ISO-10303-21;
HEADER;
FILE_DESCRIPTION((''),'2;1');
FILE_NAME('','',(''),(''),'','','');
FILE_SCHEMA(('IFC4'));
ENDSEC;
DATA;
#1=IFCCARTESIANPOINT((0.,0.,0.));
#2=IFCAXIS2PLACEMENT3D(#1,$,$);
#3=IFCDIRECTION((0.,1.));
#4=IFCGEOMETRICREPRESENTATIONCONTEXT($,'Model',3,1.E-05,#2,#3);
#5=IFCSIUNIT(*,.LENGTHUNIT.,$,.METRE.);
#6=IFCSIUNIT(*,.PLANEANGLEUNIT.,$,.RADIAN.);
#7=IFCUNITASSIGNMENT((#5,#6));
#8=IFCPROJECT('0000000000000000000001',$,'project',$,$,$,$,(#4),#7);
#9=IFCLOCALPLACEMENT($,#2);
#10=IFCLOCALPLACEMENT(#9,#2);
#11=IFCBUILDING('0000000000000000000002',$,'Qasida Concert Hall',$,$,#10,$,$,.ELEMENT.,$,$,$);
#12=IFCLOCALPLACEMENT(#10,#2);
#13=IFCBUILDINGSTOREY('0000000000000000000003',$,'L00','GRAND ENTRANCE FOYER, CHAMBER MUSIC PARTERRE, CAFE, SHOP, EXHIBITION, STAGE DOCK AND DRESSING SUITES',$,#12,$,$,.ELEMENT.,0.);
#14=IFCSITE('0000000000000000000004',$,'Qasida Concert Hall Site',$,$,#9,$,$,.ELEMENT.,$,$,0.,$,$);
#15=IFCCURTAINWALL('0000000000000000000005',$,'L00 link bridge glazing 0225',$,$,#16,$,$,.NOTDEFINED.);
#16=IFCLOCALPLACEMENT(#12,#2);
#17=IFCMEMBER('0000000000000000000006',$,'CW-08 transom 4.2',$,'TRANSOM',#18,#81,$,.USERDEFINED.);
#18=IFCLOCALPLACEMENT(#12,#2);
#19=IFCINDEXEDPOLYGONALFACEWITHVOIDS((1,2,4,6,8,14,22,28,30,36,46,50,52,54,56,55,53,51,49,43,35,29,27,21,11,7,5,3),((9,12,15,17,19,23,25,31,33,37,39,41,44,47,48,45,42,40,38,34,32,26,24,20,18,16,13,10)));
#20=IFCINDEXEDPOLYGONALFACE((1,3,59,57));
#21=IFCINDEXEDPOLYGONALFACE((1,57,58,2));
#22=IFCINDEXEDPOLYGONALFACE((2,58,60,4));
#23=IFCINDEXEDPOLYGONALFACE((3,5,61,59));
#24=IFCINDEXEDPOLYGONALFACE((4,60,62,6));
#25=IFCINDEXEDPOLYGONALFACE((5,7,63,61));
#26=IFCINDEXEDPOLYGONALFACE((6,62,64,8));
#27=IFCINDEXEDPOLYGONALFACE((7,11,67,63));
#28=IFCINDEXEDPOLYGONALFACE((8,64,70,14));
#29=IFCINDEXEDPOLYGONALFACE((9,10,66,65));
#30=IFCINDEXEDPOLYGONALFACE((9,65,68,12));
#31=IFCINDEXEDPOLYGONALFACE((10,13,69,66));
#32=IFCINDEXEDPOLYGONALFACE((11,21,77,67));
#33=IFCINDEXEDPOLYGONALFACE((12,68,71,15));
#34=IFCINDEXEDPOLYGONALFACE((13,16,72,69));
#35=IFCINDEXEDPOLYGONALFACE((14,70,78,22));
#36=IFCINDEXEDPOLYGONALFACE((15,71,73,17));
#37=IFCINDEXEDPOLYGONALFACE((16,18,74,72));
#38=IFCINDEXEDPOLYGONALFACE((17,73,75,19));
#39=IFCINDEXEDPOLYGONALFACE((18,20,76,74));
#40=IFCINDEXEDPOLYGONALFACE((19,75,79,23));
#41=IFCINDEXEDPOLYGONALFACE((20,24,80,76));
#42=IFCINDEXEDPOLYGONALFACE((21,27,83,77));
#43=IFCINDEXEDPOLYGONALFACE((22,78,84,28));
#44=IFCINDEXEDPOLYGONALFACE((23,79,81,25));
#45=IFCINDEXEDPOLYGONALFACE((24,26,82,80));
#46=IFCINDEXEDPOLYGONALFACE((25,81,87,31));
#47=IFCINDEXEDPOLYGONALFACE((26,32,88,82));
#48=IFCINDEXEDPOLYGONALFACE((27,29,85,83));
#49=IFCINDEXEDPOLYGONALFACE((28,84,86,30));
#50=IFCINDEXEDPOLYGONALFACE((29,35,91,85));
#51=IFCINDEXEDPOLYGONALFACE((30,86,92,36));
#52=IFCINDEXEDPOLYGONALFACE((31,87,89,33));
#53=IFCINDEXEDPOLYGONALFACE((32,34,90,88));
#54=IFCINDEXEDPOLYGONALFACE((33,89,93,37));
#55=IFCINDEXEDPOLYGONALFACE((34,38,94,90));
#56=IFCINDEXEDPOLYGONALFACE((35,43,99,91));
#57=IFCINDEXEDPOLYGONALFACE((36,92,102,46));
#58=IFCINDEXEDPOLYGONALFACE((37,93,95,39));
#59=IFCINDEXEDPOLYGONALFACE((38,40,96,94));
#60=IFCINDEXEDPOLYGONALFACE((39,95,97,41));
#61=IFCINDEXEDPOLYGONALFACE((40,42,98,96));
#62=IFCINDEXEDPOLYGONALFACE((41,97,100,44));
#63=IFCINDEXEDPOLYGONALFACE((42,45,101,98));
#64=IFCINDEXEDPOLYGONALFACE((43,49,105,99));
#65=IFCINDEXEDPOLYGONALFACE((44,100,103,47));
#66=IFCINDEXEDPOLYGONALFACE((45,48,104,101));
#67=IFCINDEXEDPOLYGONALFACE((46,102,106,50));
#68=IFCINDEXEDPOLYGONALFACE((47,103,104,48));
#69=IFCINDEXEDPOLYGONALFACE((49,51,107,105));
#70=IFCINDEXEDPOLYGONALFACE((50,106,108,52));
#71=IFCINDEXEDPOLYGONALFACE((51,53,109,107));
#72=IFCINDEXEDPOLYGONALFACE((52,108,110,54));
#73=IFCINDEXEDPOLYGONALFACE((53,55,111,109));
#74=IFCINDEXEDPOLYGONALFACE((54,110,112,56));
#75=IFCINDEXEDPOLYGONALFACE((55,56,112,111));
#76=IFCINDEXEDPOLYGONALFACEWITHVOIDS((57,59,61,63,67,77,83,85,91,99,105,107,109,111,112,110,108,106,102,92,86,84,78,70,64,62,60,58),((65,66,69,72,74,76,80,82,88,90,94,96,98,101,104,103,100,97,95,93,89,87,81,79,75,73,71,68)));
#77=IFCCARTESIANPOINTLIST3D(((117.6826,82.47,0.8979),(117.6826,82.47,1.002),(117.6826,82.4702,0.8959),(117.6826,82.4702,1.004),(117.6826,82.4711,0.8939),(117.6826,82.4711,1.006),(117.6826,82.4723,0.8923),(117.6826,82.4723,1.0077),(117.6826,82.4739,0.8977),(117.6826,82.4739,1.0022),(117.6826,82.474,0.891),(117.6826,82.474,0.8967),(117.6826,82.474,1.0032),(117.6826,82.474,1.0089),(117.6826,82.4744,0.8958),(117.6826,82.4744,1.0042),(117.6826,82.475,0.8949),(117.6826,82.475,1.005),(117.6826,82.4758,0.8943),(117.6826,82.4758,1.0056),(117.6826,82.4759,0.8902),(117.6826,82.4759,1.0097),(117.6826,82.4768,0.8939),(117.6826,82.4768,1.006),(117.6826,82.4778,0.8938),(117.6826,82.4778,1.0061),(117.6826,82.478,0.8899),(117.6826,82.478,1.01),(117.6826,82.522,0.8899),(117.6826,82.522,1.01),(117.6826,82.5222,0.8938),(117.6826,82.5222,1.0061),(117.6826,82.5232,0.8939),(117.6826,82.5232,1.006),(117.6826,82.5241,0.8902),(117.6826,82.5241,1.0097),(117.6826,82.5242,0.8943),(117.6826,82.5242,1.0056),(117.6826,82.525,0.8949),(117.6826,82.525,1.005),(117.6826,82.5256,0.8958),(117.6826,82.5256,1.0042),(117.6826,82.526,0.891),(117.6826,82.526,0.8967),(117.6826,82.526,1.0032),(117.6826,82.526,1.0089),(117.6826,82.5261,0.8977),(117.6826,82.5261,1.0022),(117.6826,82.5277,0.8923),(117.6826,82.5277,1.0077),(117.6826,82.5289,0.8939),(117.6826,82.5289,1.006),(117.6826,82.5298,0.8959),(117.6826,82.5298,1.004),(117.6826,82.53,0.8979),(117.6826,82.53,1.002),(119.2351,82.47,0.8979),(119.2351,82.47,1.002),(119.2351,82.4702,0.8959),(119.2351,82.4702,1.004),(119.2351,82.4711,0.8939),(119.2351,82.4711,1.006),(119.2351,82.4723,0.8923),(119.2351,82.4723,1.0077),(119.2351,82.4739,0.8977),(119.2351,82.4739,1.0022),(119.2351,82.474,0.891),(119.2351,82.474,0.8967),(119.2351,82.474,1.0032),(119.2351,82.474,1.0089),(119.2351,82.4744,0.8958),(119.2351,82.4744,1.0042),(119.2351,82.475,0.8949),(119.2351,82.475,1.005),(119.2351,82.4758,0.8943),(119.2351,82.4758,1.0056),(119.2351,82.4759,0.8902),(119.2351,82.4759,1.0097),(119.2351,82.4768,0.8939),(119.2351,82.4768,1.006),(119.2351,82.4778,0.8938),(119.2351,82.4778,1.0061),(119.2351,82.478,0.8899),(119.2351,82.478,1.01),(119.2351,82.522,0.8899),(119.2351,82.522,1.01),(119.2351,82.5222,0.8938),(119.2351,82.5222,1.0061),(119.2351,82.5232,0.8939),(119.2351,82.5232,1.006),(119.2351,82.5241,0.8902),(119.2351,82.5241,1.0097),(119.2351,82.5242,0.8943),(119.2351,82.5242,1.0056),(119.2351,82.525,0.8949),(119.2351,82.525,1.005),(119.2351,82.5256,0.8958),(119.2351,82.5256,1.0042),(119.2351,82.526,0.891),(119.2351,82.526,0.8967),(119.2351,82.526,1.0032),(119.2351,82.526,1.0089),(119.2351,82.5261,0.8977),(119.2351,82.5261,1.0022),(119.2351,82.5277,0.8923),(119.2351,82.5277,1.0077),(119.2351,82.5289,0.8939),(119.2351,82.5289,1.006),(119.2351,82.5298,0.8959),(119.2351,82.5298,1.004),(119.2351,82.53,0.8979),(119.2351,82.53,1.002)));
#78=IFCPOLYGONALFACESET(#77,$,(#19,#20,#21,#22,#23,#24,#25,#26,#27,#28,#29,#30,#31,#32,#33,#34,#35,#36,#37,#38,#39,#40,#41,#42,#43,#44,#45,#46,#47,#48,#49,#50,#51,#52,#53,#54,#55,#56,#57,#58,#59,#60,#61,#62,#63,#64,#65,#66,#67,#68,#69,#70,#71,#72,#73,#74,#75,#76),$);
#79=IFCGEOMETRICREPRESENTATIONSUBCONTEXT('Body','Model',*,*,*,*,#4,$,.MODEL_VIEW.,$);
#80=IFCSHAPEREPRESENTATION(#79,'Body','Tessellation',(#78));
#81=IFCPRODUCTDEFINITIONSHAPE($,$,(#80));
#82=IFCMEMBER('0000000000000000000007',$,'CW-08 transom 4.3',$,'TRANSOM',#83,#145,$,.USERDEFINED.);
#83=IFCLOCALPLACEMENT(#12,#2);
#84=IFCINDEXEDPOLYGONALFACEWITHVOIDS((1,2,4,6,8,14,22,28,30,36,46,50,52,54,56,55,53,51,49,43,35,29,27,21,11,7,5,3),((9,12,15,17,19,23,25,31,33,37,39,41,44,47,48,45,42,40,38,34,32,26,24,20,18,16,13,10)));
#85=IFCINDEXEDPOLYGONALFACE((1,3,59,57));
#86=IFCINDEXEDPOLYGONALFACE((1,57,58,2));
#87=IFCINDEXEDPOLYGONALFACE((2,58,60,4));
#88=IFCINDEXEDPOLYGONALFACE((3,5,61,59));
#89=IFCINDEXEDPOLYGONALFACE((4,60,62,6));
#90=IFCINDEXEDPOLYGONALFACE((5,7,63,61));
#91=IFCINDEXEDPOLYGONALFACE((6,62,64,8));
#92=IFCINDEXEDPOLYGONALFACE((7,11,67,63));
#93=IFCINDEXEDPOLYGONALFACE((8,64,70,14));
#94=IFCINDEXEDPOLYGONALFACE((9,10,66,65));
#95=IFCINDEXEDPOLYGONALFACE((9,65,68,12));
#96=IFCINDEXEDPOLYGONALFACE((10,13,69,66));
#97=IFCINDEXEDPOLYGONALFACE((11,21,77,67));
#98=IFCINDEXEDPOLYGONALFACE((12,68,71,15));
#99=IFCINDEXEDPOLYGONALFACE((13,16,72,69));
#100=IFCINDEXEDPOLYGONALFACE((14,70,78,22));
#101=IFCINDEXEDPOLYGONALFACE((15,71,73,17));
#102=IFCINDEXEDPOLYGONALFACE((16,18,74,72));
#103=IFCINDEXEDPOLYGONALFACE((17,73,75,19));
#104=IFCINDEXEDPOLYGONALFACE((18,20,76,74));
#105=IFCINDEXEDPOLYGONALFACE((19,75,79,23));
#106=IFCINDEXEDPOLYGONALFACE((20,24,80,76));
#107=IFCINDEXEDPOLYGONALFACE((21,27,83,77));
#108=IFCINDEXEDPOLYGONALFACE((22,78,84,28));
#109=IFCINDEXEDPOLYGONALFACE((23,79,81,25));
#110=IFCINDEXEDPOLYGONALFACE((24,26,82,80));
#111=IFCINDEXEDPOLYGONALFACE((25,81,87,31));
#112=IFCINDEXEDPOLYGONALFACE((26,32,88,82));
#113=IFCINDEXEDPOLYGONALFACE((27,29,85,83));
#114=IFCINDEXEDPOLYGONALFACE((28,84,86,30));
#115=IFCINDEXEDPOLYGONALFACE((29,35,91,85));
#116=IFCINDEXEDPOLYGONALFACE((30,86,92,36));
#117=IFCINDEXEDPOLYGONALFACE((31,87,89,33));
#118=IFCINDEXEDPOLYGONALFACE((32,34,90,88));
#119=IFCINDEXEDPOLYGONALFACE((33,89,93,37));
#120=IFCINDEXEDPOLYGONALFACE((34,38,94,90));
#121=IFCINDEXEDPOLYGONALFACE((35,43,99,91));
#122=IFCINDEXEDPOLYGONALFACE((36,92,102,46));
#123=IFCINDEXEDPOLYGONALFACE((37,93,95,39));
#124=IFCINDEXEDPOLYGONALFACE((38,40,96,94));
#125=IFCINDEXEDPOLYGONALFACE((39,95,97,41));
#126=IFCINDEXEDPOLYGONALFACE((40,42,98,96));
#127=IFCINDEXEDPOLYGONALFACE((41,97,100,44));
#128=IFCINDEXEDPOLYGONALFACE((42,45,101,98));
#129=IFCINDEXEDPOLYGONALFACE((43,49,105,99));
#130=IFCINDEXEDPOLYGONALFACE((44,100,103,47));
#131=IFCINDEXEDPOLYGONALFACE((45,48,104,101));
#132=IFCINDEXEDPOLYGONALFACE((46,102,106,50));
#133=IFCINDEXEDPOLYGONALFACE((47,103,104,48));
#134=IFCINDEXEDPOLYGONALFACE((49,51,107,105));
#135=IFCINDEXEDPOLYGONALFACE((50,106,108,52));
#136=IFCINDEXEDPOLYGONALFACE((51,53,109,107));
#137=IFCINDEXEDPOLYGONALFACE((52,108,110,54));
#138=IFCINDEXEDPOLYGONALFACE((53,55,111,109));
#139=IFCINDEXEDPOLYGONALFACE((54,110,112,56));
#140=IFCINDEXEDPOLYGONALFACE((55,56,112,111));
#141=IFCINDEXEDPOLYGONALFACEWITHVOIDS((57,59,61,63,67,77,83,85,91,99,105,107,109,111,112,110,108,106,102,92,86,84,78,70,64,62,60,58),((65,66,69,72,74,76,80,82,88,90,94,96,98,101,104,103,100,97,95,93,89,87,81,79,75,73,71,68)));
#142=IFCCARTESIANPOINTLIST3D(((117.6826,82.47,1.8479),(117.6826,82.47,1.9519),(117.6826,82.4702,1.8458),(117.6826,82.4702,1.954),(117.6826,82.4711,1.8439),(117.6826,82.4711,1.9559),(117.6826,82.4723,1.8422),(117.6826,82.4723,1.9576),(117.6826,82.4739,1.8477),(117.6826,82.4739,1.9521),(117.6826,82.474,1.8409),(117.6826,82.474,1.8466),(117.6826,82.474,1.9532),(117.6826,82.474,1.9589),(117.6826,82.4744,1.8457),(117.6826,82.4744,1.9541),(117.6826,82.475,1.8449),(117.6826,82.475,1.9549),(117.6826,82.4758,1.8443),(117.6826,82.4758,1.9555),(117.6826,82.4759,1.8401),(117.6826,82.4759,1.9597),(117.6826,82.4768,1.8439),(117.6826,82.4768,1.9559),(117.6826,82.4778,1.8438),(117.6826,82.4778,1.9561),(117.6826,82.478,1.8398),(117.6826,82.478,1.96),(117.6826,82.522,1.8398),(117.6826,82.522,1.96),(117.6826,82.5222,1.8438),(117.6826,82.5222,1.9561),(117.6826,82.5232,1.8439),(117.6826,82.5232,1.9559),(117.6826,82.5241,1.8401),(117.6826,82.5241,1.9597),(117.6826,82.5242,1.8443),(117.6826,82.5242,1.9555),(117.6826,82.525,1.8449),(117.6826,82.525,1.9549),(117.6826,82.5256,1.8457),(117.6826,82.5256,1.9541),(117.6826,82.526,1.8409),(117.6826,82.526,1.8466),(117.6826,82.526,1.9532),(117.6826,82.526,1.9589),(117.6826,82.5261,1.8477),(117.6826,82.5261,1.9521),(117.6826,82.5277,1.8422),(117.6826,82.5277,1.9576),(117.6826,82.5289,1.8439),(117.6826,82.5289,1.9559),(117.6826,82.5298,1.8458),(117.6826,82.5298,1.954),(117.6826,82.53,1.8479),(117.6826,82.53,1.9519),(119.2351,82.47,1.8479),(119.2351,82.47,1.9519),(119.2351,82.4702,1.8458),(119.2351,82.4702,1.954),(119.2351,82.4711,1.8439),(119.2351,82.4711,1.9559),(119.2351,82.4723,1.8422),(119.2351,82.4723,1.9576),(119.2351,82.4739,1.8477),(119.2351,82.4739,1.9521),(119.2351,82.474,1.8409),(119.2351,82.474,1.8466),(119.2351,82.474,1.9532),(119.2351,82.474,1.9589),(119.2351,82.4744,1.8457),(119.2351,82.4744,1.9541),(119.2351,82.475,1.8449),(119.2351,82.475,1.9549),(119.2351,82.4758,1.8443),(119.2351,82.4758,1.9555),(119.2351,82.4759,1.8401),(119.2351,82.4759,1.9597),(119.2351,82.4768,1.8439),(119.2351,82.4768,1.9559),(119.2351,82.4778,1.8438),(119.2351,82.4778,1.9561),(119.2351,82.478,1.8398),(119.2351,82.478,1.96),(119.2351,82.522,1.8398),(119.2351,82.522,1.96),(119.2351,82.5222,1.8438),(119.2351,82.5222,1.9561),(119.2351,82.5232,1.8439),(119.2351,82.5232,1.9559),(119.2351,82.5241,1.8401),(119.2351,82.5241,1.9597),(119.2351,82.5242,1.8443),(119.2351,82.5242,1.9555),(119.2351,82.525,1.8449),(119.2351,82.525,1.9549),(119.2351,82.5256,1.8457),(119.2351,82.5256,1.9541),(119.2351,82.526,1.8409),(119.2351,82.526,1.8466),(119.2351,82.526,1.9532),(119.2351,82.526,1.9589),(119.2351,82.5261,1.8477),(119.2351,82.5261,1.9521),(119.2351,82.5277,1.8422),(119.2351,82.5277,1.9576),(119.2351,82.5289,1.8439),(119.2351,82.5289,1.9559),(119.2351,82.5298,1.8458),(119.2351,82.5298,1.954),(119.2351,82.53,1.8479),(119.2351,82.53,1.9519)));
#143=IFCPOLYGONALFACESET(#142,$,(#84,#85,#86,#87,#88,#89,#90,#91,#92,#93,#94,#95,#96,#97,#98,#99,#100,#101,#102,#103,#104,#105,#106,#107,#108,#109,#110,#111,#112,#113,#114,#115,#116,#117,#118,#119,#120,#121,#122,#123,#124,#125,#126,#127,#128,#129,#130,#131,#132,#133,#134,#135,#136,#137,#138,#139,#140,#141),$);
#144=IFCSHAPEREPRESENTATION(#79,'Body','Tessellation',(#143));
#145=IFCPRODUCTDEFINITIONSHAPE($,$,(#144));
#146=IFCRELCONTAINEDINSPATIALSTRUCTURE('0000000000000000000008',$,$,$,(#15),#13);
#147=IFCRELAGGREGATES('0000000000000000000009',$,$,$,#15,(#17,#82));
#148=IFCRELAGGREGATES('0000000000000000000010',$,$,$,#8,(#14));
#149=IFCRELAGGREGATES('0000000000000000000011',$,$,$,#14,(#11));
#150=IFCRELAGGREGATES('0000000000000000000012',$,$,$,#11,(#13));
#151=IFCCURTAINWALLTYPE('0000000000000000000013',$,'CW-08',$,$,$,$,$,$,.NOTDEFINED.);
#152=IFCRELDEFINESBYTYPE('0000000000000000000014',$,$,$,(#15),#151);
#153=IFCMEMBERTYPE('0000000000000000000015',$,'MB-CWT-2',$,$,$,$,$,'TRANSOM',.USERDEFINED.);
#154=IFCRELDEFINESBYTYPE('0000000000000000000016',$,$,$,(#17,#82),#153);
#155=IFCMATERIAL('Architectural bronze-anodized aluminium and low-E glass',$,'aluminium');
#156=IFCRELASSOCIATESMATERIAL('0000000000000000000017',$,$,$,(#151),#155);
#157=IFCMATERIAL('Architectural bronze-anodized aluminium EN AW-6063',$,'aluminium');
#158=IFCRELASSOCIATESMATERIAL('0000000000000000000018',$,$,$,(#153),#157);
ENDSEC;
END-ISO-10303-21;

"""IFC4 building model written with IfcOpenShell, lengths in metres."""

from ifc_helpers import new_model, si_unit, direction, frame, origin, origin_2d, place, context, subcontext, project, spatial, hollow_rectangle, extrude, material, material_profile, profile_set, type_object, element, aggregate, save


model = new_model("IFC4")

# Units and contexts
model_context = context("Model", 3, precision=1e-05, world=origin(), true_north=direction((0.0, 1.0)))
body_context = subcontext(model_context, "Body", "Model", "MODEL_VIEW")
ifc_project = project(units=[si_unit("LENGTHUNIT", "METRE"), si_unit("PLANEANGLEUNIT", "RADIAN")], contexts=[model_context])

# Site, building, storey
site_placement = place(None, origin())
site = spatial("IfcSite", under=ifc_project, at=site_placement, Name="Qasida Concert Hall Site", CompositionType="ELEMENT", RefElevation=0.0)
building_placement = place(site_placement, origin())
building = spatial("IfcBuilding", under=site, at=building_placement, Name="Qasida Concert Hall", CompositionType="ELEMENT")
storey_placement = place(building_placement, origin())
storey = spatial("IfcBuildingStorey", under=building, at=storey_placement, Name="L00", Description="GRAND ENTRANCE FOYER, CHAMBER MUSIC PARTERRE, CAFE, SHOP, EXHIBITION, STAGE DOCK AND DRESSING SUITES", CompositionType="ELEMENT", Elevation=0.0)

# Curtain wall, members
ifc_material_1 = material(Name="Architectural bronze-anodized aluminium and low-E glass", Category="aluminium")
curtain_wall_type = type_object("IfcCurtainWallType", Name="CW-08", PredefinedType="NOTDEFINED", material=ifc_material_1)
curtain_wall_placement = place(storey_placement, origin())
curtain_wall = element("IfcCurtainWall", 1, at=curtain_wall_placement, inside=storey, type_object=curtain_wall_type, Name="L00 link bridge glazing 0225", PredefinedType="NOTDEFINED")
ifc_material_2 = material(Name="Architectural bronze-anodized aluminium EN AW-6063", Category="aluminium")
ifc_material_profile_1 = material_profile(ifc_material_2, hollow_rectangle(XDim=0.0601, YDim=0.1201, WallThickness=0.0039, InnerFilletRadius=0.0039, OuterFilletRadius=0.0081, at=origin_2d()), Name="CWT 120x60x4")
ifc_profile_set_1 = profile_set([ifc_material_profile_1], Name="Architectural bronze-anodized aluminium EN AW-6063")
member_type_1 = type_object("IfcMemberType", Name="MB-CWT-2", ElementType="TRANSOM", PredefinedType="USERDEFINED", material=ifc_profile_set_1)
member_1_placement = place(storey_placement, frame((117.6826, 82.5, 0.95), z_axis=(1.0, 0.0, 0.0), x_axis=(0.0, 1.0, 0.0)))
member_1 = element("IfcMember", 2, at=member_1_placement, type_object=member_type_1, Name="CW-08 transom 4.2", ObjectType="TRANSOM", PredefinedType="USERDEFINED", context=body_context, shape_type="SweptSolid", body=[
    extrude(hollow_rectangle(XDim=0.0601, YDim=0.1201, WallThickness=0.0039, InnerFilletRadius=0.0039, OuterFilletRadius=0.0081, at=origin_2d()), origin(), (0.0, 0.0, 1.0), 1.5525),
])
member_2_placement = place(storey_placement, frame((117.6826, 82.5, 1.8999), z_axis=(1.0, 0.0, 0.0), x_axis=(0.0, 1.0, 0.0)))
member_2 = element("IfcMember", 3, at=member_2_placement, type_object=member_type_1, Name="CW-08 transom 4.3", ObjectType="TRANSOM", PredefinedType="USERDEFINED", context=body_context, shape_type="SweptSolid", body=[
    extrude(hollow_rectangle(XDim=0.0601, YDim=0.1201, WallThickness=0.0039, InnerFilletRadius=0.0039, OuterFilletRadius=0.0081, at=origin_2d()), origin(), (0.0, 0.0, 1.0), 1.5525),
])
aggregate(curtain_wall, [member_1, member_2])

save(model, "model.ifc")
